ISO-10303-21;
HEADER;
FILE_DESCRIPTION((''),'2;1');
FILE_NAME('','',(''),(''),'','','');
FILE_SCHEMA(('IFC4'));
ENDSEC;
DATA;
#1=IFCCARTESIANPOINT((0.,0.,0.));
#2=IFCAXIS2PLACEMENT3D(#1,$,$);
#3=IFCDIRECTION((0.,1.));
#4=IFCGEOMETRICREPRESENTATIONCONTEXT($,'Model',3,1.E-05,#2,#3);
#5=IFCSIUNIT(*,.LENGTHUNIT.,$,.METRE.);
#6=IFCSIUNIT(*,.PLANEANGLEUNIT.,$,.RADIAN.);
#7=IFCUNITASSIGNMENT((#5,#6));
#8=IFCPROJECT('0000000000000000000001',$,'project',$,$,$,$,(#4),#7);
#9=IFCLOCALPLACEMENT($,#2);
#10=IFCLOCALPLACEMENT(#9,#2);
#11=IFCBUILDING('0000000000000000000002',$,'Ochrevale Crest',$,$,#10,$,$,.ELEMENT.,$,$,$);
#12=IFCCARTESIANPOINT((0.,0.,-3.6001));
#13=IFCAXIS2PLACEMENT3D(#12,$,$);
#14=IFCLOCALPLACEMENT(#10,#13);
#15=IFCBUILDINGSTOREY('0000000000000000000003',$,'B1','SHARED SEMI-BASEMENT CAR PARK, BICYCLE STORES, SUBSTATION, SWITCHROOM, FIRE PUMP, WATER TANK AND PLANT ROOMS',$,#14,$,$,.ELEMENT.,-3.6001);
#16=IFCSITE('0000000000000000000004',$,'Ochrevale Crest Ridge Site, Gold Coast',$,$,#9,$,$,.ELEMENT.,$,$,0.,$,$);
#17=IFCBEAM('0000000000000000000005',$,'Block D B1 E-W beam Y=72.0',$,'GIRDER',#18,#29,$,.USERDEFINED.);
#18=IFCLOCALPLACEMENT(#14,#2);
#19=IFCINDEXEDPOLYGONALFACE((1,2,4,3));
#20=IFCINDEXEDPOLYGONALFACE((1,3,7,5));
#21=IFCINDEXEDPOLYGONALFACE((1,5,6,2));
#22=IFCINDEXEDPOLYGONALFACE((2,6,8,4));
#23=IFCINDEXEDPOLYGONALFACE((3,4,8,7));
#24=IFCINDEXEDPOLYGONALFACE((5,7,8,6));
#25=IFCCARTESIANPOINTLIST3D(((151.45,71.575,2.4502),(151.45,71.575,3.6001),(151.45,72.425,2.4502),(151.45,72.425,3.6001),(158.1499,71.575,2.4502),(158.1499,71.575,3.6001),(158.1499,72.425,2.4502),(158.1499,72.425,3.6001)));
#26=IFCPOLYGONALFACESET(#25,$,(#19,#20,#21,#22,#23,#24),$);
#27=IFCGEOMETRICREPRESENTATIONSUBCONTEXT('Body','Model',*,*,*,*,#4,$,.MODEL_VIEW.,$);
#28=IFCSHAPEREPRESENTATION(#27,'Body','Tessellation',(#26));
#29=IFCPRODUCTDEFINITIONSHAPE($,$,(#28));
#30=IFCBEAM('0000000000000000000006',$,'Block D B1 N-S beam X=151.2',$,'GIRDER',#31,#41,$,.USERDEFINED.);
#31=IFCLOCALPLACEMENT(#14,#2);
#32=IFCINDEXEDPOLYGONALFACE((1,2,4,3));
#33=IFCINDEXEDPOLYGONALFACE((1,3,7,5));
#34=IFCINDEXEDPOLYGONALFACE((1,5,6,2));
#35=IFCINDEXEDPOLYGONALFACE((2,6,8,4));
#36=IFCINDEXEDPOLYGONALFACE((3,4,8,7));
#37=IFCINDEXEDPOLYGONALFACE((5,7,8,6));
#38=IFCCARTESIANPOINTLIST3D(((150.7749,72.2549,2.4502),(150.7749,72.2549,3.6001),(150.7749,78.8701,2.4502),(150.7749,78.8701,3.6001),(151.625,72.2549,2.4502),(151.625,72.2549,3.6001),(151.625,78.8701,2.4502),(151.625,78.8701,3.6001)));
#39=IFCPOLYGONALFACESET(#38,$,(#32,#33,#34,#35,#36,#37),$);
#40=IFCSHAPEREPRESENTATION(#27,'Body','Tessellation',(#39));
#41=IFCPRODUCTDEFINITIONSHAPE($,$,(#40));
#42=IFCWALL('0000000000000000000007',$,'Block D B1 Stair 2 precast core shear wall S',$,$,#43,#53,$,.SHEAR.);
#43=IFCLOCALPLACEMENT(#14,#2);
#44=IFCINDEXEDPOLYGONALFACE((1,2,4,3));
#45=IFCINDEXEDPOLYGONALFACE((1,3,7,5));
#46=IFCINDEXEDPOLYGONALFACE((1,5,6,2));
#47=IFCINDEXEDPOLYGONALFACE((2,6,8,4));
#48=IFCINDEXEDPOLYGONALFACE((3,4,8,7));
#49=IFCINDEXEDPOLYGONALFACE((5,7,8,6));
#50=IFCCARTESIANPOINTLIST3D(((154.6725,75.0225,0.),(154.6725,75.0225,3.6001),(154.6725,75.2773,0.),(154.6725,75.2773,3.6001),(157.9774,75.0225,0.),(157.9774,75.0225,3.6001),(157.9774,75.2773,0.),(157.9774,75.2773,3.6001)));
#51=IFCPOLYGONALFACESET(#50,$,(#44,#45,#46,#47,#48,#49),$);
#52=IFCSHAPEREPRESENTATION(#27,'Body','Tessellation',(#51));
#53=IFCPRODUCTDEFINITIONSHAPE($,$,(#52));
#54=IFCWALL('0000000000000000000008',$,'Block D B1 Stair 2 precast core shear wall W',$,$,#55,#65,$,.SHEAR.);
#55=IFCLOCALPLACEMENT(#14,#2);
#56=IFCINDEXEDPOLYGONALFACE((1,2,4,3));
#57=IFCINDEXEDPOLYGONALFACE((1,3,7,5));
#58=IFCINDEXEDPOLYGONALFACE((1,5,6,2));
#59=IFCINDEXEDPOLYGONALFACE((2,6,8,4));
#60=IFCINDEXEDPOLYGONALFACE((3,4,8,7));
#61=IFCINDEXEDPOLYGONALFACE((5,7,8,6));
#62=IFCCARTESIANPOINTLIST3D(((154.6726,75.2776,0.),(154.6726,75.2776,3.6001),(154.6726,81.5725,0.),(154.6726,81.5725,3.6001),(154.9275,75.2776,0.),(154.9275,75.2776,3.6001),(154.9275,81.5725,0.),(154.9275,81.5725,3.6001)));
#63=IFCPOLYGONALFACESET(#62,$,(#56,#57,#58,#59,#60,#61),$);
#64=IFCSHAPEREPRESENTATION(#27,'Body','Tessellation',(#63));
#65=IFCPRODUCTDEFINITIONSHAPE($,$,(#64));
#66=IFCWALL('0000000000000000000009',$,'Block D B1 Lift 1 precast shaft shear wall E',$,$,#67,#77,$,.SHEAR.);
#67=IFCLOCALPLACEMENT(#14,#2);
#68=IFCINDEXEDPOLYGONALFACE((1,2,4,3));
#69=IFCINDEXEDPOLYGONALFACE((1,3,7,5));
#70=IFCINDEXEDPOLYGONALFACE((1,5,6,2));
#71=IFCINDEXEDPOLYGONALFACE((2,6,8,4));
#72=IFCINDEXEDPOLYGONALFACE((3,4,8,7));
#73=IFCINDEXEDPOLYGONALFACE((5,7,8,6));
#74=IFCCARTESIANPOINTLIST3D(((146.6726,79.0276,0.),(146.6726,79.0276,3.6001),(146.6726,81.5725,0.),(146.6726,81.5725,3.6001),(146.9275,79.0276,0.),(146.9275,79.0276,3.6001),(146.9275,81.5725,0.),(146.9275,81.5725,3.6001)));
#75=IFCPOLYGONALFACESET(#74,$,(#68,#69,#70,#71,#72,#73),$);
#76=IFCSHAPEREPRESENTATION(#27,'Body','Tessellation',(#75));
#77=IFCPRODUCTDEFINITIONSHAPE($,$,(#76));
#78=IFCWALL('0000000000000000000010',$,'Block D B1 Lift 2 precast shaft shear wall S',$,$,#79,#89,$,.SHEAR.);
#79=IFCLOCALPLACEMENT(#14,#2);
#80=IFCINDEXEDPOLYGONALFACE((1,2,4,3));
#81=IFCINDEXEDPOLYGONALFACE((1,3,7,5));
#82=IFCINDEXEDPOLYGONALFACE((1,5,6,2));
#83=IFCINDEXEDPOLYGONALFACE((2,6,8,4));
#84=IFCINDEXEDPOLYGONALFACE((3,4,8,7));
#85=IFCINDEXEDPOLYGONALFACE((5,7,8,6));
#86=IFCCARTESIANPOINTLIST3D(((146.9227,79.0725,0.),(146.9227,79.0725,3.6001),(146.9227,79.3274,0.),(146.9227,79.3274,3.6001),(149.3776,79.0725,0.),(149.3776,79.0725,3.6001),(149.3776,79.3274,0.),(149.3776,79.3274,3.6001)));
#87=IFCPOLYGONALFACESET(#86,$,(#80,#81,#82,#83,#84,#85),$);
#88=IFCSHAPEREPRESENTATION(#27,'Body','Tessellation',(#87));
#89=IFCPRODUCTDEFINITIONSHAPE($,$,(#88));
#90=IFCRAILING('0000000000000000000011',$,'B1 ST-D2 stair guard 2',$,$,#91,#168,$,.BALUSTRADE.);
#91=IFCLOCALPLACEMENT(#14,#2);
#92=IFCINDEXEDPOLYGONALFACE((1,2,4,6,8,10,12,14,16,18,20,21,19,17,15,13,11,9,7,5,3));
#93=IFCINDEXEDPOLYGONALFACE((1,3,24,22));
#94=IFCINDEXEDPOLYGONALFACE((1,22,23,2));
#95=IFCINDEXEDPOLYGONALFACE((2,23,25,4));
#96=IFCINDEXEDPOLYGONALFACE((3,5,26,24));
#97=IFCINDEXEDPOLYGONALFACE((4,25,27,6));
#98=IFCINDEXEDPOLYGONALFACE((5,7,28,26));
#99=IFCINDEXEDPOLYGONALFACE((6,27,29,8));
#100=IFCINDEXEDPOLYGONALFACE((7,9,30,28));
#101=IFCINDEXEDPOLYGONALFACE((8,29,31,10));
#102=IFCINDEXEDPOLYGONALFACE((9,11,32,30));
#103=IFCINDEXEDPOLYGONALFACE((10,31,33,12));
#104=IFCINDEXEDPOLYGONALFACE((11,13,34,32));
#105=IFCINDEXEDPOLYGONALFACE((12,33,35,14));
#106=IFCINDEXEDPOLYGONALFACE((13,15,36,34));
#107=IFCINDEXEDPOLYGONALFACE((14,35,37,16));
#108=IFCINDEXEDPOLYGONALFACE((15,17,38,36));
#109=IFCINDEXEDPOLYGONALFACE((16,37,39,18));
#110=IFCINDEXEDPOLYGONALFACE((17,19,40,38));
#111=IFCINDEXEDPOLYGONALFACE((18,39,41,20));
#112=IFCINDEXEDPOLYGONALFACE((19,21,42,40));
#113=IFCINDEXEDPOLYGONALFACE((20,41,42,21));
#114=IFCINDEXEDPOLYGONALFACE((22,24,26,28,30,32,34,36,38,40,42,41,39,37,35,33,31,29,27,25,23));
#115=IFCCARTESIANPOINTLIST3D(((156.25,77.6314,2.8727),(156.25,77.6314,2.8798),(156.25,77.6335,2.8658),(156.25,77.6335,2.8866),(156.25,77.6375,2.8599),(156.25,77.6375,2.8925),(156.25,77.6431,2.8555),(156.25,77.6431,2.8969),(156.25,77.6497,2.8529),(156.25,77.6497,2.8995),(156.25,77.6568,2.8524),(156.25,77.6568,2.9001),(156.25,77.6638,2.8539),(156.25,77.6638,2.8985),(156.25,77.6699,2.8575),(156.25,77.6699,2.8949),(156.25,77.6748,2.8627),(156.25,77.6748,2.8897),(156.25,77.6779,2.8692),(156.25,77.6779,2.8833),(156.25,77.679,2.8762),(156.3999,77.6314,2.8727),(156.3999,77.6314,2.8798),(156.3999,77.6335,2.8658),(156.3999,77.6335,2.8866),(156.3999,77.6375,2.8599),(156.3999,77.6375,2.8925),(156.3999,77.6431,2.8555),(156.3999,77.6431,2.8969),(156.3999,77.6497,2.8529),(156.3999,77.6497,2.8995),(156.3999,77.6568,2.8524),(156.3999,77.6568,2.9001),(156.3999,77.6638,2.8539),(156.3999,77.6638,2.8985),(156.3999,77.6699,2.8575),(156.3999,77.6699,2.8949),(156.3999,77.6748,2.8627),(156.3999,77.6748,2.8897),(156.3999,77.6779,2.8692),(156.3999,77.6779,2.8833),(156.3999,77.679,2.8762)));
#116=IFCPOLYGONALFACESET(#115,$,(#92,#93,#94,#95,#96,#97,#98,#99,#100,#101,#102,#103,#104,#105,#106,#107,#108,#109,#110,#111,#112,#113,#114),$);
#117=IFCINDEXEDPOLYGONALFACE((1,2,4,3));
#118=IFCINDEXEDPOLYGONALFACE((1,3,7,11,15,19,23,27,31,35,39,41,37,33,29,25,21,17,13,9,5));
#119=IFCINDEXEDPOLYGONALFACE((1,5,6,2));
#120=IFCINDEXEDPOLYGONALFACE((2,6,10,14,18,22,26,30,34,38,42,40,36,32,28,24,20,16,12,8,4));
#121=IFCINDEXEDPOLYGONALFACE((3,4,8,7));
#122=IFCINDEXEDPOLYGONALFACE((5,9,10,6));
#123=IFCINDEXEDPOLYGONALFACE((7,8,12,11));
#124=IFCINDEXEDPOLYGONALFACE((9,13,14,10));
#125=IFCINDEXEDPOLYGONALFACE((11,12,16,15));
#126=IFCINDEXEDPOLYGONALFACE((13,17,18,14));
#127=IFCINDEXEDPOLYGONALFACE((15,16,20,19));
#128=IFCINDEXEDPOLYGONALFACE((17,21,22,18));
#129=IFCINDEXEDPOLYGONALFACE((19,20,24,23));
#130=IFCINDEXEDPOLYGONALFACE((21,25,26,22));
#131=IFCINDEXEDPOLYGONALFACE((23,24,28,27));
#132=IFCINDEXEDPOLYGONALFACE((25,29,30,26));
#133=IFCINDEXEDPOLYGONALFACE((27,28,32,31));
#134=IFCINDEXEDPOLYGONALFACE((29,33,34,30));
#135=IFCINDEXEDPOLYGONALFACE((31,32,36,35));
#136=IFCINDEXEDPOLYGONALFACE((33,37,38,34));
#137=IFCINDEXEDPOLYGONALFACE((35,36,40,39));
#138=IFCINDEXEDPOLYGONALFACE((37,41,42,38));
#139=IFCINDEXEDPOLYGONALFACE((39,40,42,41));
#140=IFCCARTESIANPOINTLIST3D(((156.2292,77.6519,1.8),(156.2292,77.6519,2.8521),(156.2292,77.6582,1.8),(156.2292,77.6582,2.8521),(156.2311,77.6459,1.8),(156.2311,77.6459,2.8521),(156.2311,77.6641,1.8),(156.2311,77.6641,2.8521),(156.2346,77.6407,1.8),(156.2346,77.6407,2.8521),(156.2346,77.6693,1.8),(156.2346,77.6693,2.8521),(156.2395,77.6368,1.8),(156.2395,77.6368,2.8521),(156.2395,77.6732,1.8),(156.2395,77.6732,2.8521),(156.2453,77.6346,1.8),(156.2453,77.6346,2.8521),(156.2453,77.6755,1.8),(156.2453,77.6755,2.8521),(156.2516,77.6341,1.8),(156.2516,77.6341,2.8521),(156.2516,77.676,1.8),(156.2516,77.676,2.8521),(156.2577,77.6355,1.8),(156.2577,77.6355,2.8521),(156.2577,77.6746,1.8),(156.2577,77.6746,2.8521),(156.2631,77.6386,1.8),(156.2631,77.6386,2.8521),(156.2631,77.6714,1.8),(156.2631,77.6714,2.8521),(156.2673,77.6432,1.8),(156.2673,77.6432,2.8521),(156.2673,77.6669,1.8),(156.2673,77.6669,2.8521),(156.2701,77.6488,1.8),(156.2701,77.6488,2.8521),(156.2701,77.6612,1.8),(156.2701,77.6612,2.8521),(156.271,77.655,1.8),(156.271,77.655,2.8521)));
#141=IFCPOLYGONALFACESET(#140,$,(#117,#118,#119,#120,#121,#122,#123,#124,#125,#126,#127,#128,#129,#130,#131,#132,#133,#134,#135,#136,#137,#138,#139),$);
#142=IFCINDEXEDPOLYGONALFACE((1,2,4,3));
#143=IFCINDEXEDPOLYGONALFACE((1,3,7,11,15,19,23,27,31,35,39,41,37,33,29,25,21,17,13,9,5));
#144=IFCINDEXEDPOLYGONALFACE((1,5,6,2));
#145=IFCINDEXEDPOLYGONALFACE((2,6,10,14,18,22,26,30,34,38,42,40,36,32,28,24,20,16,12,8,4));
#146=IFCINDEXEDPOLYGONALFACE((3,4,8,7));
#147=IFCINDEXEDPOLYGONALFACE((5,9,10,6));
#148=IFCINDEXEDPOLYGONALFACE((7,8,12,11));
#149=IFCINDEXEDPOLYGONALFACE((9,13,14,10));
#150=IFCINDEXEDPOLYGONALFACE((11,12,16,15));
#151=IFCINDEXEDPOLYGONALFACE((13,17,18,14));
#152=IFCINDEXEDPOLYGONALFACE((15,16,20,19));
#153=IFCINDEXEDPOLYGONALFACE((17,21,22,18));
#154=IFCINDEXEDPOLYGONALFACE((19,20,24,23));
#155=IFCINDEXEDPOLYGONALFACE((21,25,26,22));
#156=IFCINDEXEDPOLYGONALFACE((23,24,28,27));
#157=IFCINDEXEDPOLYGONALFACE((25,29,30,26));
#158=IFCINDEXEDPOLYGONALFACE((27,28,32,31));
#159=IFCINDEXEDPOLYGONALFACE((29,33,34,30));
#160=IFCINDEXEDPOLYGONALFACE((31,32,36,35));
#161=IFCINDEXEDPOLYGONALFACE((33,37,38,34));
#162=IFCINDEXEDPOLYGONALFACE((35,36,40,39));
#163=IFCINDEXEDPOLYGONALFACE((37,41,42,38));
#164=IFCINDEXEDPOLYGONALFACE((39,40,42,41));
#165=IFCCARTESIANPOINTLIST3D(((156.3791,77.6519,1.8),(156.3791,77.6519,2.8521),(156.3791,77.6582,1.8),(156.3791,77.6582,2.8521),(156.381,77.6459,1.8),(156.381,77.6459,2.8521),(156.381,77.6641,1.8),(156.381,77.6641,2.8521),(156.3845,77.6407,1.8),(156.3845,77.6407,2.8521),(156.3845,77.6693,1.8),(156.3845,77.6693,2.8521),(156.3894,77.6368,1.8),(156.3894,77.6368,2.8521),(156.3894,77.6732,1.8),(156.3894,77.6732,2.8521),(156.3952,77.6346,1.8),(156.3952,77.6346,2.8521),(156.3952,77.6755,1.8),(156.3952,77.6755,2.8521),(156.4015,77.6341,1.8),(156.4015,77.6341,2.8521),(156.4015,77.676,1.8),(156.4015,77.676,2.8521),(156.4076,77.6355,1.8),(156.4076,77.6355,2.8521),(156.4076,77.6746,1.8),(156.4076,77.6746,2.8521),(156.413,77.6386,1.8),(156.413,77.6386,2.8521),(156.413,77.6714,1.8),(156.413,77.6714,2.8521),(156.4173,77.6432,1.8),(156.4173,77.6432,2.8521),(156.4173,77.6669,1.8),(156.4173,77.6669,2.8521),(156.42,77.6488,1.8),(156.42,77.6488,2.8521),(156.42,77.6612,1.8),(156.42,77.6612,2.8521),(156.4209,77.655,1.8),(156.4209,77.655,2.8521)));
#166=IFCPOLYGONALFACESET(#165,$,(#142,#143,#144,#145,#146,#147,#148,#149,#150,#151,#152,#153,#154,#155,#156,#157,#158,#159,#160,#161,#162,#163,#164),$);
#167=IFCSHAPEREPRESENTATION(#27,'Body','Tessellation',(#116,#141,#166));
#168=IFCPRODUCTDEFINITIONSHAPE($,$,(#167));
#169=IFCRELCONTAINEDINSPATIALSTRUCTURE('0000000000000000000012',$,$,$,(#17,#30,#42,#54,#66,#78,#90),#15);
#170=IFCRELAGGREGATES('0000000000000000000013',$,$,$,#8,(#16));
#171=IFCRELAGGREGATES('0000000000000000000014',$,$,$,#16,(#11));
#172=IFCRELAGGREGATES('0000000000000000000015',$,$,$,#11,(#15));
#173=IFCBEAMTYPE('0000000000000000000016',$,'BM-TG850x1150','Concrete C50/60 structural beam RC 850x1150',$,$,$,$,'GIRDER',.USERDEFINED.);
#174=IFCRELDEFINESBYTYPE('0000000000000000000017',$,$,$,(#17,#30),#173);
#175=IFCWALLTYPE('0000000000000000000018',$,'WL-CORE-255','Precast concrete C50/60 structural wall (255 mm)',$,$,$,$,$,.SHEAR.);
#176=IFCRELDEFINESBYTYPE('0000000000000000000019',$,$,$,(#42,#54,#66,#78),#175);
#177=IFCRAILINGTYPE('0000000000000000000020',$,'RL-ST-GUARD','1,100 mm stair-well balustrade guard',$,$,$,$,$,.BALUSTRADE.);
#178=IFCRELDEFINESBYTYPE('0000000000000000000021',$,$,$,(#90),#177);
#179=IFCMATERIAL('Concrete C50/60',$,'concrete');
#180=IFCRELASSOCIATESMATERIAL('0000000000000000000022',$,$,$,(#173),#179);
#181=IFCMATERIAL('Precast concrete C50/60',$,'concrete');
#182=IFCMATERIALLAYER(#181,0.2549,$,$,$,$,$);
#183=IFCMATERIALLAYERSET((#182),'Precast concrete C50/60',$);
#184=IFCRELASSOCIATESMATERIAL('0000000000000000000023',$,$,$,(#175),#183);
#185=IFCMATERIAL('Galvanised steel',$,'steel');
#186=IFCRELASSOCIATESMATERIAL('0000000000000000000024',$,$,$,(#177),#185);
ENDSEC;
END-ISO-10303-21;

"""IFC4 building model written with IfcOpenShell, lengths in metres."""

from ifc_helpers import new_model, si_unit, direction, frame, frame_2d, origin, origin_2d, place, context, subcontext, project, spatial, rectangle, circle, extrude, material, layer, layer_set, material_profile, profile_set, type_object, element, save


model = new_model("IFC4")

# Units and contexts
model_context = context("Model", 3, precision=1e-05, world=origin(), true_north=direction((0.0, 1.0)))
body_context = subcontext(model_context, "Body", "Model", "MODEL_VIEW")
ifc_project = project(units=[si_unit("LENGTHUNIT", "METRE"), si_unit("PLANEANGLEUNIT", "RADIAN")], contexts=[model_context])

# Site, building, storey
site_placement = place(None, origin())
site = spatial("IfcSite", under=ifc_project, at=site_placement, Name="Ochrevale Crest Ridge Site, Gold Coast", CompositionType="ELEMENT", RefElevation=0.0)
building_placement = place(site_placement, origin())
building = spatial("IfcBuilding", under=site, at=building_placement, Name="Ochrevale Crest", CompositionType="ELEMENT")
storey_placement = place(building_placement, frame((0.0, 0.0, -3.6001)))
storey = spatial("IfcBuildingStorey", under=building, at=storey_placement, Name="B1", Description="SHARED SEMI-BASEMENT CAR PARK, BICYCLE STORES, SUBSTATION, SWITCHROOM, FIRE PUMP, WATER TANK AND PLANT ROOMS", CompositionType="ELEMENT", Elevation=-3.6001)

# Shared definitions
ifc_material_1 = material(Name="Precast concrete C50/60", Category="concrete")
ifc_material_2 = material(Name="Concrete C50/60", Category="concrete")

# Beams
ifc_material_profile_1 = material_profile(ifc_material_2, rectangle(XDim=0.8501, YDim=1.1499, at=origin_2d()), Name="RC 850x1150")
ifc_profile_set_1 = profile_set([ifc_material_profile_1], Name="Concrete C50/60")
beam_type = type_object("IfcBeamType", Name="BM-TG850x1150", Description="Concrete C50/60 structural beam RC 850x1150", ElementType="GIRDER", PredefinedType="USERDEFINED", material=ifc_profile_set_1)
beam_1_placement = place(storey_placement, frame((151.45, 72.0, 3.0251), z_axis=(1.0, 0.0, 0.0), x_axis=(0.0, 1.0, 0.0)))
element("IfcBeam", 1, at=beam_1_placement, inside=storey, type_object=beam_type, Name="Block D B1 E-W beam Y=72.0", ObjectType="GIRDER", PredefinedType="USERDEFINED", context=body_context, shape_type="SweptSolid", body=[
    extrude(rectangle(XDim=0.8501, YDim=1.1499, at=origin_2d()), origin(), (0.0, 0.0, 1.0), 6.7),
])
beam_2_placement = place(storey_placement, frame((151.2, 72.2549, 3.0251), z_axis=(0.0, 1.0, 0.0), x_axis=(-1.0, 0.0, 0.0)))
element("IfcBeam", 2, at=beam_2_placement, inside=storey, type_object=beam_type, Name="Block D B1 N-S beam X=151.2", ObjectType="GIRDER", PredefinedType="USERDEFINED", context=body_context, shape_type="SweptSolid", body=[
    extrude(rectangle(XDim=0.8501, YDim=1.1499, at=origin_2d()), origin(), (0.0, 0.0, 1.0), 6.6152),
])

# Walls
ifc_layer = layer(ifc_material_1, 0.2549)
ifc_layer_set = layer_set([ifc_layer], Name="Precast concrete C50/60")
wall_type = type_object("IfcWallType", Name="WL-CORE-255", Description="Precast concrete C50/60 structural wall (255 mm)", PredefinedType="SHEAR", material=ifc_layer_set)
wall_1_placement = place(storey_placement, frame((154.6726, 75.1499, 0.0), z_axis=(0.0, 0.0, 1.0), x_axis=(1.0, 0.0, 0.0)))
element("IfcWall", 3, at=wall_1_placement, inside=storey, type_object=wall_type, Name="Block D B1 Stair 2 precast core shear wall S", PredefinedType="SHEAR", context=body_context, shape_type="SweptSolid", body=[
    extrude(rectangle(XDim=3.3049, YDim=0.2549, at=frame_2d((1.6523, 0.0))), origin(), (0.0, 0.0, 1.0), 3.6001),
])
wall_2_placement = place(storey_placement, frame((154.8, 75.2776, 0.0), z_axis=(0.0, 0.0, 1.0), x_axis=(0.0, 1.0, 0.0)))
element("IfcWall", 4, at=wall_2_placement, inside=storey, type_object=wall_type, Name="Block D B1 Stair 2 precast core shear wall W", PredefinedType="SHEAR", context=body_context, shape_type="SweptSolid", body=[
    extrude(rectangle(XDim=6.2949, YDim=0.2549, at=frame_2d((3.1475, 0.0))), origin(), (0.0, 0.0, 1.0), 3.6001),
])
wall_3_placement = place(storey_placement, frame((146.8, 79.0276, 0.0), z_axis=(0.0, 0.0, 1.0), x_axis=(0.0, 1.0, 0.0)))
element("IfcWall", 5, at=wall_3_placement, inside=storey, type_object=wall_type, Name="Block D B1 Lift 1 precast shaft shear wall E", PredefinedType="SHEAR", context=body_context, shape_type="SweptSolid", body=[
    extrude(rectangle(XDim=2.5449, YDim=0.2549, at=frame_2d((1.2725, 0.0))), origin(), (0.0, 0.0, 1.0), 3.6001),
])
wall_4_placement = place(storey_placement, frame((146.9226, 79.2, 0.0), z_axis=(0.0, 0.0, 1.0), x_axis=(1.0, 0.0, 0.0)))
element("IfcWall", 6, at=wall_4_placement, inside=storey, type_object=wall_type, Name="Block D B1 Lift 2 precast shaft shear wall S", PredefinedType="SHEAR", context=body_context, shape_type="SweptSolid", body=[
    extrude(rectangle(XDim=2.4548, YDim=0.2549, at=frame_2d((1.2275, 0.0))), origin(), (0.0, 0.0, 1.0), 3.6001),
])

# Railing
ifc_material_3 = material(Name="Galvanised steel", Category="steel")
railing_type = type_object("IfcRailingType", Name="RL-ST-GUARD", Description="1,100 mm stair-well balustrade guard", PredefinedType="BALUSTRADE", material=ifc_material_3)
railing_placement = place(storey_placement, frame((156.25, 77.655, 1.8)))
element("IfcRailing", 7, at=railing_placement, inside=storey, type_object=railing_type, Name="B1 ST-D2 stair guard 2", PredefinedType="BALUSTRADE", context=body_context, shape_type="SweptSolid", body=[
    extrude(circle(Radius=0.0239, at=origin_2d()), frame((0.0, 0.0, 1.0762), z_axis=(1.0, 0.0, 0.0), x_axis=(0.0, 1.0, 0.0)), (0.0, 0.0, 1.0), 0.1499),
    extrude(circle(Radius=0.021, at=origin_2d()), origin(), (0.0, 0.0, 1.0), 1.052),
    extrude(circle(Radius=0.021, at=origin_2d()), frame((0.1499, 0.0, 0.0)), (0.0, 0.0, 1.0), 1.052),
])

save(model, "model.ifc")
